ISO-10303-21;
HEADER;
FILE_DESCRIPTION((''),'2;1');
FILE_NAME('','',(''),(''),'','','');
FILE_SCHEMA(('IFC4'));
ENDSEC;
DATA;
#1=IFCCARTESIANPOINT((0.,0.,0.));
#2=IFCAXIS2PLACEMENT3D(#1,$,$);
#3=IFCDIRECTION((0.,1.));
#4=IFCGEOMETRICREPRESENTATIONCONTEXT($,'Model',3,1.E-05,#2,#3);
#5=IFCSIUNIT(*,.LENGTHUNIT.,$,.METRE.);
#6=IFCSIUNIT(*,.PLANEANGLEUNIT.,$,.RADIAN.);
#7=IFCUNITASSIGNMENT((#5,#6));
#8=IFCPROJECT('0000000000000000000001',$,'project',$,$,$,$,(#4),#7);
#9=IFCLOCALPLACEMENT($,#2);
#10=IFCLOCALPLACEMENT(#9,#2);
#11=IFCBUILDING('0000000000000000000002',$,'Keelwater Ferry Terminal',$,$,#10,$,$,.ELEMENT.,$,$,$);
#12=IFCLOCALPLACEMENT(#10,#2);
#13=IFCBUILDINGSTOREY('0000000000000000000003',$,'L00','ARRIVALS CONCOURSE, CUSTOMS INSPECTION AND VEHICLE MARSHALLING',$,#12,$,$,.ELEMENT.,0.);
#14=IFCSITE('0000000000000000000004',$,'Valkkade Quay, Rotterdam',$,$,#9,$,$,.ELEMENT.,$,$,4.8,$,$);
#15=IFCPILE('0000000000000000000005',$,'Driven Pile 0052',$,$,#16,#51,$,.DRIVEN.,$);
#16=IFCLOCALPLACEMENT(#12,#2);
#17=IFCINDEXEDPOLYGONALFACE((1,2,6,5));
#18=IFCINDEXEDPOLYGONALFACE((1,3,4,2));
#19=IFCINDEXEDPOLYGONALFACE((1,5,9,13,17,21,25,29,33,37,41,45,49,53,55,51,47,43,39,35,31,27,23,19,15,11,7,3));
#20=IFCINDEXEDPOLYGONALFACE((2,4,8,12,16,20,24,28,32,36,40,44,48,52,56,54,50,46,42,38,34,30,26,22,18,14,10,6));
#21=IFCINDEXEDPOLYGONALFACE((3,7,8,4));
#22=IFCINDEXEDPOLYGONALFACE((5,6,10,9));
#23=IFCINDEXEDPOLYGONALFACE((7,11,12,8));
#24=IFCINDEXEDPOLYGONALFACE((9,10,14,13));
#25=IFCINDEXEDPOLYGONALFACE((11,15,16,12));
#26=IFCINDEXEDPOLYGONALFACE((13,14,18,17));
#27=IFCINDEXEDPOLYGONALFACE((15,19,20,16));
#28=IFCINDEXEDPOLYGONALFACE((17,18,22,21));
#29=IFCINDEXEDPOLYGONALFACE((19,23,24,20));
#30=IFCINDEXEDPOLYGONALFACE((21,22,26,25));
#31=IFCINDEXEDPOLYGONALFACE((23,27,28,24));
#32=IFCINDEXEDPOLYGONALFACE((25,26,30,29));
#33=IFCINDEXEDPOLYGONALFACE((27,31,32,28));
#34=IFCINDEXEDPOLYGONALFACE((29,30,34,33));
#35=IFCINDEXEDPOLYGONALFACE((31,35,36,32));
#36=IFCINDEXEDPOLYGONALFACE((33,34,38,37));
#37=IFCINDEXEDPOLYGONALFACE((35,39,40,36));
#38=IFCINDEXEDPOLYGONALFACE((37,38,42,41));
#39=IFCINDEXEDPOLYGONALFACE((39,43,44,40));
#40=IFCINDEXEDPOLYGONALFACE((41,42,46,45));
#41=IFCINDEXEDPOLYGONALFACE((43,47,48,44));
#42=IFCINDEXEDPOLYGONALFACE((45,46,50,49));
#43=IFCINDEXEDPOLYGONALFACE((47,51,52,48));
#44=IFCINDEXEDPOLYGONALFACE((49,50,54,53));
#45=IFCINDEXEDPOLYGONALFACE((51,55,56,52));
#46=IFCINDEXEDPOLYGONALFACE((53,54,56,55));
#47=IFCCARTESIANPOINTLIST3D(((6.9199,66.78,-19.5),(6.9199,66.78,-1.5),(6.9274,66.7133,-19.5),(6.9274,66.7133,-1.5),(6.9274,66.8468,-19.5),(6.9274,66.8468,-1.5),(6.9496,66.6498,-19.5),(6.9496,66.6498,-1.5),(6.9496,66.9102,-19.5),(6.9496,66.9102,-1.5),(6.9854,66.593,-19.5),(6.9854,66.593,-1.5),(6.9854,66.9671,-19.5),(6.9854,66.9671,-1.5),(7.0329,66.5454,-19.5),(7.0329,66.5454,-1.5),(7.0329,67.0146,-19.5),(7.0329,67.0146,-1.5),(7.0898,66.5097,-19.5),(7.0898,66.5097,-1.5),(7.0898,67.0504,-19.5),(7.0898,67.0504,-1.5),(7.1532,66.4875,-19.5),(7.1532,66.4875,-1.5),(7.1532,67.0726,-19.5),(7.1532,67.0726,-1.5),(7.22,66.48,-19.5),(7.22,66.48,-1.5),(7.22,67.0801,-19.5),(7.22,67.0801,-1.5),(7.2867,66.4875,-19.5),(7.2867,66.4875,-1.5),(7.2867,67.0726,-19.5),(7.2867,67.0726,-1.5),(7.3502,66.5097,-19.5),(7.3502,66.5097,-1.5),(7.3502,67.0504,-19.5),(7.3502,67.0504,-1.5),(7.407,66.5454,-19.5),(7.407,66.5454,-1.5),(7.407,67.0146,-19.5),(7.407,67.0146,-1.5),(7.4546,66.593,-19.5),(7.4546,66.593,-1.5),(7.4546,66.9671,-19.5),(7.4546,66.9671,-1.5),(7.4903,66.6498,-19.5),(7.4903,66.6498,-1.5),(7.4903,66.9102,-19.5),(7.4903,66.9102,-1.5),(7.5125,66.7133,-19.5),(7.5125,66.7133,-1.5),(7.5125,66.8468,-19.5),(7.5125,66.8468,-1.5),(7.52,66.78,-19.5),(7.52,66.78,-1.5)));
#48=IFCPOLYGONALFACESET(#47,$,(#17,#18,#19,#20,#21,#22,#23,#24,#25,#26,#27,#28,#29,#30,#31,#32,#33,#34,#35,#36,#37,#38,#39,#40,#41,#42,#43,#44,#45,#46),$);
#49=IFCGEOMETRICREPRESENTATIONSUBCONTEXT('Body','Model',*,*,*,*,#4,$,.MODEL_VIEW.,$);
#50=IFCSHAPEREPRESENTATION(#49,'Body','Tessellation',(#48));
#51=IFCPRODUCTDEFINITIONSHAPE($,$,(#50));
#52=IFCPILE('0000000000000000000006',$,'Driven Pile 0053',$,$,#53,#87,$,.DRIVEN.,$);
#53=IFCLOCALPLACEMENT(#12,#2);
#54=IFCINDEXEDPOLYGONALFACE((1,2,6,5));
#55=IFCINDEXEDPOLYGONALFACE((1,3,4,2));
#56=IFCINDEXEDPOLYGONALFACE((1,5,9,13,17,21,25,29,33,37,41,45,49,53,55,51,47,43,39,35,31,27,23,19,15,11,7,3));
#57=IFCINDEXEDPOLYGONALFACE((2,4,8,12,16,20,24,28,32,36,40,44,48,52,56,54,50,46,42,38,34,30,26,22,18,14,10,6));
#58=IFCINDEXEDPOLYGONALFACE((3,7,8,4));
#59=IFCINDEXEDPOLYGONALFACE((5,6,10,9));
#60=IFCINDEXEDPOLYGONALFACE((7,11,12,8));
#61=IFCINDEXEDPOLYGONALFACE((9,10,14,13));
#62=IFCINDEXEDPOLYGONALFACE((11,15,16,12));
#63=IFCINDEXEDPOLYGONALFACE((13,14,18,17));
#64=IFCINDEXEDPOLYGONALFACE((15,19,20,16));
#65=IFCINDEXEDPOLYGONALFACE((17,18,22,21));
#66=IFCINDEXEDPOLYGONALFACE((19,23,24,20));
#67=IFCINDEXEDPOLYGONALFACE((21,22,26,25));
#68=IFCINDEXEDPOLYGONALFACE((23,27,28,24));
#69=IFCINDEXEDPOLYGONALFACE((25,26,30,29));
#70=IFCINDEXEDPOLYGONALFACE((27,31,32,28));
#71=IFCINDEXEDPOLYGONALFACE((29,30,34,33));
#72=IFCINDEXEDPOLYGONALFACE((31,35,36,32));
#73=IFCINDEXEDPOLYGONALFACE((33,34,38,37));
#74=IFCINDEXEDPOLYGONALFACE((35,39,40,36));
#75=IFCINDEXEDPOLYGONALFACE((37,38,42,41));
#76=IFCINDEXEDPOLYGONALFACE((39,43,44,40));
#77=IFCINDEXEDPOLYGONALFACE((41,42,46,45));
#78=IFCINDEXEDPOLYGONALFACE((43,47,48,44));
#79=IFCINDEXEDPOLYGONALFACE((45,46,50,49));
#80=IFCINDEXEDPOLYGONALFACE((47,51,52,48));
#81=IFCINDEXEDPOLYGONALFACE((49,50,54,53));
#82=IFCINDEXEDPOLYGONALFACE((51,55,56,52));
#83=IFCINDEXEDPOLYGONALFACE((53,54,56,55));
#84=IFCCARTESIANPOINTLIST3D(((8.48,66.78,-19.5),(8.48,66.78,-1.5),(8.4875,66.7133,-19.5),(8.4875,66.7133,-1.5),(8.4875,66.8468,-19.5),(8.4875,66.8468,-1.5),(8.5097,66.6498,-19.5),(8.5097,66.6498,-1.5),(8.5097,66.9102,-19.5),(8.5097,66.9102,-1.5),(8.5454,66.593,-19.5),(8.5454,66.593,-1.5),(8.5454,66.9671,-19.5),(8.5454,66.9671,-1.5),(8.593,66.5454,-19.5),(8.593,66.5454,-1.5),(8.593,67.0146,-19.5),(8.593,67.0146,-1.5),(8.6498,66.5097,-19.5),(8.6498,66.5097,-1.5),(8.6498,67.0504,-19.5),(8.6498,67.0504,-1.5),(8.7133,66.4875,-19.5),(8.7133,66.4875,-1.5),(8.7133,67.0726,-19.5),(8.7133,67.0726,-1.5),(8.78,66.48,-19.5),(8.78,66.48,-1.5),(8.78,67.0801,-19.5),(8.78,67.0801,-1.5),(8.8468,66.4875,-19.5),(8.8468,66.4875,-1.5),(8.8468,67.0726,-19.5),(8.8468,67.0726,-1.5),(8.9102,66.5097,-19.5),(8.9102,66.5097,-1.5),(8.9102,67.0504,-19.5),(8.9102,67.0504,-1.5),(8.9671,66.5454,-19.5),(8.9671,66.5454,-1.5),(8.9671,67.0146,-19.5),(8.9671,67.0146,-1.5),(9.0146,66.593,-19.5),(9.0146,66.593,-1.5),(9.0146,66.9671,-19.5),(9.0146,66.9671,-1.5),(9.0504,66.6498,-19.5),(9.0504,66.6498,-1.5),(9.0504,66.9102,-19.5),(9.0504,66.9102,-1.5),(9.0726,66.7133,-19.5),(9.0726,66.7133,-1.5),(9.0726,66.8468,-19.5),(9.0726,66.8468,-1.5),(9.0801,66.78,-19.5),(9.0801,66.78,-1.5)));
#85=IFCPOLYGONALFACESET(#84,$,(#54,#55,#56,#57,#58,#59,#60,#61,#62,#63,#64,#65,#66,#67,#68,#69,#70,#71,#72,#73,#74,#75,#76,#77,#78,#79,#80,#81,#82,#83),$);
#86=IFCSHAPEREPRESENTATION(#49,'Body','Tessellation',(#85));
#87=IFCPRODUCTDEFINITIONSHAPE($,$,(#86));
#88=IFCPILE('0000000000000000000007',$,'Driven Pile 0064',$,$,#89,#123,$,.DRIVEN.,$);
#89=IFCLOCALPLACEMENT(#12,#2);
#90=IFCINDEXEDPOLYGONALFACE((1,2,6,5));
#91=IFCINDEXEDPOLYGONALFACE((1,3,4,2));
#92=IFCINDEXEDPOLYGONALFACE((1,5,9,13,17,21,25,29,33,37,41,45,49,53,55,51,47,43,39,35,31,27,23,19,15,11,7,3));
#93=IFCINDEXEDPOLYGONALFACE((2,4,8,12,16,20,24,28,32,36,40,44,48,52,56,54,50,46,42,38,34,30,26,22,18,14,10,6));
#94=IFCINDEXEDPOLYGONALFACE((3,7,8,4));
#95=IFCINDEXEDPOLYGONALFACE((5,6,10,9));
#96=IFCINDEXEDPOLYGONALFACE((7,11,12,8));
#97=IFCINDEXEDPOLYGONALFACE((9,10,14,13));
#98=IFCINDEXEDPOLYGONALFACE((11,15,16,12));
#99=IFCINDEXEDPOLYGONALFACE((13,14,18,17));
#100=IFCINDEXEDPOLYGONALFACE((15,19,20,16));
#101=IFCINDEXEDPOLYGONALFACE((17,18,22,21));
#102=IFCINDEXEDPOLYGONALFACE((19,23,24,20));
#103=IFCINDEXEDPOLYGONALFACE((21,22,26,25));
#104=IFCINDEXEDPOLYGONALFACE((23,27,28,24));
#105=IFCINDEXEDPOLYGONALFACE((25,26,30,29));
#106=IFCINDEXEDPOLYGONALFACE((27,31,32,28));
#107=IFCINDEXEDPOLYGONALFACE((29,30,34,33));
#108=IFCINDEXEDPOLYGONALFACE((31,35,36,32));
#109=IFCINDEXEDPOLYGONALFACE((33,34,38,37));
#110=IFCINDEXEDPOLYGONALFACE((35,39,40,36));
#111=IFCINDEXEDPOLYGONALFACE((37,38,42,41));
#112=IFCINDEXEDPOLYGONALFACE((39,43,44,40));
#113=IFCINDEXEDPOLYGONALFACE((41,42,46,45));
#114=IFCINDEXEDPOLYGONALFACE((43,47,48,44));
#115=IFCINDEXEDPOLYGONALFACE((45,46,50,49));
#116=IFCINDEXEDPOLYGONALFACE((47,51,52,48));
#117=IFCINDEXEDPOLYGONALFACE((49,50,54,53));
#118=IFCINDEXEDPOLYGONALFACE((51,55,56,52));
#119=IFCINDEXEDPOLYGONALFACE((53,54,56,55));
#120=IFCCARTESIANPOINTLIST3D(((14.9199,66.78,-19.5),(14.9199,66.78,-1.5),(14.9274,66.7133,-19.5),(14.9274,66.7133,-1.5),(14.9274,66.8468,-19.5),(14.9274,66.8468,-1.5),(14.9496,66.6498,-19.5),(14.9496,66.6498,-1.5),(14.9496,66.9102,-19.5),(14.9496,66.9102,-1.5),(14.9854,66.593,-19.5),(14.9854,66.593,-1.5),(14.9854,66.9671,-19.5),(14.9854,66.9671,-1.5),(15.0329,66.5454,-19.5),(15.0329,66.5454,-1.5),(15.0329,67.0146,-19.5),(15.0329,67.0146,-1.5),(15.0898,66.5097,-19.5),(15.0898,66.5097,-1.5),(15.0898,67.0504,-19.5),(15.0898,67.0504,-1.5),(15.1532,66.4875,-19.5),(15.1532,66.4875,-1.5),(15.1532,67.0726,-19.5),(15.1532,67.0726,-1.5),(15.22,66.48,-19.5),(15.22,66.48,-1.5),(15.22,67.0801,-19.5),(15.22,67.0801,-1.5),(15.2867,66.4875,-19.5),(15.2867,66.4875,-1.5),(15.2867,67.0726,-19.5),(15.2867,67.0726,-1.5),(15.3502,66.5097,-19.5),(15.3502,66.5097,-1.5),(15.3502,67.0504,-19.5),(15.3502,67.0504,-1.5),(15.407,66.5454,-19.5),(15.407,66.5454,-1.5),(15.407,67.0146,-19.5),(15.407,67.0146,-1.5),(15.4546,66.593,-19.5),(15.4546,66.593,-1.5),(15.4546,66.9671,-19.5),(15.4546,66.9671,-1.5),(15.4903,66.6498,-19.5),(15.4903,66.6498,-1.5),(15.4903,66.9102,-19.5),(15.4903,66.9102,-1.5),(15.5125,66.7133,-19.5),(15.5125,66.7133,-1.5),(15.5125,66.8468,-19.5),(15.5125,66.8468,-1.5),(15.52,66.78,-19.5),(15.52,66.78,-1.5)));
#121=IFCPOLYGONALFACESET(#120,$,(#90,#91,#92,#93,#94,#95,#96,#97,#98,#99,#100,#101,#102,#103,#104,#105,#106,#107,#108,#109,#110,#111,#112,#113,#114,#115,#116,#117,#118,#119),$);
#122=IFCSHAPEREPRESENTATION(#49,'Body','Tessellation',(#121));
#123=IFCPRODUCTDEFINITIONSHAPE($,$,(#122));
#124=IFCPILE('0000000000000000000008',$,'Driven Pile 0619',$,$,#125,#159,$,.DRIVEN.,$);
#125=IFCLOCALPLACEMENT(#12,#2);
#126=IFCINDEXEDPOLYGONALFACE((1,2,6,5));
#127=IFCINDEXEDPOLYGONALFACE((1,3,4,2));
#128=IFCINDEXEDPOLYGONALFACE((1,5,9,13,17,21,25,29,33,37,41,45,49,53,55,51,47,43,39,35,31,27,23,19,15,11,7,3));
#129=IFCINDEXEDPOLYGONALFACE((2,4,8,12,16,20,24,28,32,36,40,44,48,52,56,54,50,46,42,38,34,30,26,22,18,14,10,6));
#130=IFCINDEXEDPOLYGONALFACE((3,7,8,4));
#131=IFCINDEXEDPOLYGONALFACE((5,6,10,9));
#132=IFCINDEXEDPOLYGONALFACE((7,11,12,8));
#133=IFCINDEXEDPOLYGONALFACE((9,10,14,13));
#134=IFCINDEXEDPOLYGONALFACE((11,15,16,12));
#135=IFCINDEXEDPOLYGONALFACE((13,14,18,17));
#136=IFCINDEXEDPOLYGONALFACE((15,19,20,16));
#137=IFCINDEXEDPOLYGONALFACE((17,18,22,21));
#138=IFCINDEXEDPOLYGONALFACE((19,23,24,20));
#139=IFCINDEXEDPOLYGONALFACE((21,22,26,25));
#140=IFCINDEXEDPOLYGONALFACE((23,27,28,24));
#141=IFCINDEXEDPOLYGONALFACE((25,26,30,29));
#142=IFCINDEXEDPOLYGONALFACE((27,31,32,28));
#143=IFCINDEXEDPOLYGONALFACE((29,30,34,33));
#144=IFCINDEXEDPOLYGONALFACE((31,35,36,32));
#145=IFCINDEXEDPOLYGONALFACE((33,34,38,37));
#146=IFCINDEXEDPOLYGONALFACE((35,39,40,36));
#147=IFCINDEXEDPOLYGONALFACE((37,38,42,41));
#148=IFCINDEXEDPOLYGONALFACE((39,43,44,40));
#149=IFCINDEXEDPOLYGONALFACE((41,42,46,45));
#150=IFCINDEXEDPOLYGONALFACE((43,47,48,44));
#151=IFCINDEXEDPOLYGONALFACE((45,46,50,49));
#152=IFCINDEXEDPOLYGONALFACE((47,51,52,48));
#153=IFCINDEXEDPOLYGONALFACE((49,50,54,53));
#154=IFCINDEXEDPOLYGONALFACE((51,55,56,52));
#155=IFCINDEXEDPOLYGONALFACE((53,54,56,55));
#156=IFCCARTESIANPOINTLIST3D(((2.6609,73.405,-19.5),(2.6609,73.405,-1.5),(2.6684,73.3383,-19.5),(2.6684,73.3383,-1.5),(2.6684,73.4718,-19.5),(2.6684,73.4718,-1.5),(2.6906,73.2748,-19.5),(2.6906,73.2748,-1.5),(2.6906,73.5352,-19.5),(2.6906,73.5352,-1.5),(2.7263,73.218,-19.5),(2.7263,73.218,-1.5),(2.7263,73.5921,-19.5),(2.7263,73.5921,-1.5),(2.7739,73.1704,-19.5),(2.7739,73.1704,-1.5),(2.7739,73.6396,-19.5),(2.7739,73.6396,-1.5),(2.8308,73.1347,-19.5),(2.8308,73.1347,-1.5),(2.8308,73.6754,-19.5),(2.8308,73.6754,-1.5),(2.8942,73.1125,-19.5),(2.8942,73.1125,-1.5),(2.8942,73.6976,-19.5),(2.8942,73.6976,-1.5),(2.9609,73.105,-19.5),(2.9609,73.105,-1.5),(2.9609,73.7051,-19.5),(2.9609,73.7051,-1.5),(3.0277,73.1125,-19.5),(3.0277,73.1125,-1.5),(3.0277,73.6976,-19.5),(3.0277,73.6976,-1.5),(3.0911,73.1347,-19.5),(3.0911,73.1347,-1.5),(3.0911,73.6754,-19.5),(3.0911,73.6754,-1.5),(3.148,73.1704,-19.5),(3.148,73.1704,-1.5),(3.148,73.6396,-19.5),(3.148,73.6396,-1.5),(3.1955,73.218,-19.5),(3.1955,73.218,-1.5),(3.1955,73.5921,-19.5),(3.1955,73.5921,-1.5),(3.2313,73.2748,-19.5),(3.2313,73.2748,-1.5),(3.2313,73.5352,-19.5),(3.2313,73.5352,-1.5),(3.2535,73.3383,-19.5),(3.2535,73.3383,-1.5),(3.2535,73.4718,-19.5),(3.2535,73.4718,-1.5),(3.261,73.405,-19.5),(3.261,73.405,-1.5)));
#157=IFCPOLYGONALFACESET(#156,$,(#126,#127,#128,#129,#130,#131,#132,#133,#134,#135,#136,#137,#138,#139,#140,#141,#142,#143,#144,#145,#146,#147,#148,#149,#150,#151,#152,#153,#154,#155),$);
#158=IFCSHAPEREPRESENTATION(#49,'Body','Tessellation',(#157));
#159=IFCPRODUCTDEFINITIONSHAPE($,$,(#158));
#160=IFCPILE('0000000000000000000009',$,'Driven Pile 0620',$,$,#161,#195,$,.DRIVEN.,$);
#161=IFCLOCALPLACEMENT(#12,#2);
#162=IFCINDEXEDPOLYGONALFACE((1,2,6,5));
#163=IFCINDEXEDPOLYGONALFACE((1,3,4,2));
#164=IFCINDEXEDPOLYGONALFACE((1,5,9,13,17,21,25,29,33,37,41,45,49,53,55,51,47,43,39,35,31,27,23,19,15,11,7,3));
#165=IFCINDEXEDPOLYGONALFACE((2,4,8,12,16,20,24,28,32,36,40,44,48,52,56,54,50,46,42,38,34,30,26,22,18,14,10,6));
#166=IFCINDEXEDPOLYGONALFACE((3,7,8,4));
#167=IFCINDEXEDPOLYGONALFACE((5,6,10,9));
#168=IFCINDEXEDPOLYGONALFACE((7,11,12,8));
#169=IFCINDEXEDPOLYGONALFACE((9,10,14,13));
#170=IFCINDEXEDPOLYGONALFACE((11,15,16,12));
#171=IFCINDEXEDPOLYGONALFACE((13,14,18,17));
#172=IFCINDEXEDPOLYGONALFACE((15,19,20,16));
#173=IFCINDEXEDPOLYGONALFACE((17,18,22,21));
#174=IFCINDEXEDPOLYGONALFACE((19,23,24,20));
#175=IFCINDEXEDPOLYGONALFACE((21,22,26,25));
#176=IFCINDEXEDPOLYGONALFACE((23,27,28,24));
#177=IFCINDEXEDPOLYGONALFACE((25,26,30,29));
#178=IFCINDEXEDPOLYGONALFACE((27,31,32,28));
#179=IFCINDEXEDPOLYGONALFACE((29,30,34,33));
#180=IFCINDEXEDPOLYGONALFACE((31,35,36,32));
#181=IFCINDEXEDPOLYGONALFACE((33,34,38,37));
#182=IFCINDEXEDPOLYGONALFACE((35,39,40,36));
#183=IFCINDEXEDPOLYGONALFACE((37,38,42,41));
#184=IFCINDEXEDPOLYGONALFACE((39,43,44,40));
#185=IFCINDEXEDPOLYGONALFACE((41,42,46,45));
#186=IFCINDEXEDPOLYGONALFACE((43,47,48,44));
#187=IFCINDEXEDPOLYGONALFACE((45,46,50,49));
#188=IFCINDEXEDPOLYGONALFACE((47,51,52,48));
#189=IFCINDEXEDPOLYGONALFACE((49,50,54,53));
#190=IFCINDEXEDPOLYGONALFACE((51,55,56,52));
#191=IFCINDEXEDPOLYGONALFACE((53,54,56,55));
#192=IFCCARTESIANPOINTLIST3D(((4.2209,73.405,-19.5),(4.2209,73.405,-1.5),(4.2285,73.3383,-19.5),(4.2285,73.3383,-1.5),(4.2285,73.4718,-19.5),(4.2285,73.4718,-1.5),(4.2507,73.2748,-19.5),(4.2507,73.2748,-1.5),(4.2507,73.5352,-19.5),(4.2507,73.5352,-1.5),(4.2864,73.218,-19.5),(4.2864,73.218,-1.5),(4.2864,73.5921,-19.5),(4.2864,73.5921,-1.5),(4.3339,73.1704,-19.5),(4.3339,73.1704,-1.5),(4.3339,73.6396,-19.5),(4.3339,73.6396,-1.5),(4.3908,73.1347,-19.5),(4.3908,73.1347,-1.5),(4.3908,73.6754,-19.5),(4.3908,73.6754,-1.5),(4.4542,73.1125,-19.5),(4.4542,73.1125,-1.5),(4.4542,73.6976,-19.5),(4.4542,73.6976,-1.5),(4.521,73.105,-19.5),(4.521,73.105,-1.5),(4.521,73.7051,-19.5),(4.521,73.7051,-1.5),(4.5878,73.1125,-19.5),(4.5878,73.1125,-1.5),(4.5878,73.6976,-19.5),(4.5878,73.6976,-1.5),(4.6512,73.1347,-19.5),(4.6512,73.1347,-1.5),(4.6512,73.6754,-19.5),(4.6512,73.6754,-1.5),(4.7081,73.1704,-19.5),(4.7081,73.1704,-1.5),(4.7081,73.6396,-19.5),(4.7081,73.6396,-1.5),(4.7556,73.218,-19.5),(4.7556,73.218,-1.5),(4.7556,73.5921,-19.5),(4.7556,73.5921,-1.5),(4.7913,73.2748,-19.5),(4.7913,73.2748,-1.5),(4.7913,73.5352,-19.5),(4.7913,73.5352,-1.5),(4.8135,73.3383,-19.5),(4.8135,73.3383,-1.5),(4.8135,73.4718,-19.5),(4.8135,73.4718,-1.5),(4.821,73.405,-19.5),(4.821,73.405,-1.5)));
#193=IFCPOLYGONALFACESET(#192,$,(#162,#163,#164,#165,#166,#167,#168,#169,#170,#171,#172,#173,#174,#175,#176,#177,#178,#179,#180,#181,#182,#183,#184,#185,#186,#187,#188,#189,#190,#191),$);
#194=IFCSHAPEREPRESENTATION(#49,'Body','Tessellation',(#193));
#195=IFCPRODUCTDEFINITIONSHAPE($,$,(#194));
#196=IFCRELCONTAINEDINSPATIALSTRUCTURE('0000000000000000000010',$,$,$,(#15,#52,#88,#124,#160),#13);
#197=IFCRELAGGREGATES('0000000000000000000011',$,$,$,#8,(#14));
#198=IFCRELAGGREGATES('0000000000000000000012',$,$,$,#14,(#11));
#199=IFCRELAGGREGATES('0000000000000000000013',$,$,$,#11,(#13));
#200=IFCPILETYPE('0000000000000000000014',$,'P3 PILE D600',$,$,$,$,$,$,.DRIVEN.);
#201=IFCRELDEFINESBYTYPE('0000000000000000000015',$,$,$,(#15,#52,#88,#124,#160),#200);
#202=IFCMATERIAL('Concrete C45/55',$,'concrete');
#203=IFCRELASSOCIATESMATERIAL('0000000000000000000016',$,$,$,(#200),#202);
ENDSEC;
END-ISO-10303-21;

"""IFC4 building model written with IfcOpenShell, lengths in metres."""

from ifc_helpers import new_model, si_unit, direction, frame, origin, origin_2d, place, context, subcontext, project, spatial, circle, extrude, material, material_profile, profile_set, type_object, element, save


model = new_model("IFC4")

# Units and contexts
model_context = context("Model", 3, precision=1e-05, world=origin(), true_north=direction((0.0, 1.0)))
body_context = subcontext(model_context, "Body", "Model", "MODEL_VIEW")
ifc_project = project(units=[si_unit("LENGTHUNIT", "METRE"), si_unit("PLANEANGLEUNIT", "RADIAN")], contexts=[model_context])

# Site, building, storey
site_placement = place(None, origin())
site = spatial("IfcSite", under=ifc_project, at=site_placement, Name="Valkkade Quay, Rotterdam", CompositionType="ELEMENT", RefElevation=4.8)
building_placement = place(site_placement, origin())
building = spatial("IfcBuilding", under=site, at=building_placement, Name="Keelwater Ferry Terminal", CompositionType="ELEMENT")
storey_placement = place(building_placement, origin())
storey = spatial("IfcBuildingStorey", under=building, at=storey_placement, Name="L00", Description="ARRIVALS CONCOURSE, CUSTOMS INSPECTION AND VEHICLE MARSHALLING", CompositionType="ELEMENT", Elevation=0.0)

# Piles
ifc_material_1 = material(Name="Concrete C45/55", Category="concrete")
ifc_material_profile_1 = material_profile(ifc_material_1, circle(Radius=0.3, at=origin_2d()), Name="PILE D600")
ifc_profile_set_1 = profile_set([ifc_material_profile_1], Name="Concrete C45/55")
pile_type = type_object("IfcPileType", Name="P3 PILE D600", PredefinedType="DRIVEN", material=ifc_profile_set_1)
for number, where, z_axis, x_axis, name in (
    (1, (7.22, 66.78, -1.5), (0.0, 0.0, -1.0), (1.0, 0.0, 0.0), "Driven Pile 0052"),
    (2, (8.78, 66.78, -1.5), (0.0, 0.0, -1.0), (1.0, 0.0, 0.0), "Driven Pile 0053"),
    (3, (15.22, 66.78, -1.5), (0.0, 0.0, -1.0), (1.0, 0.0, 0.0), "Driven Pile 0064"),
    (4, (2.9609, 73.405, -1.5), (0.0, 0.0, -1.0), (1.0, 0.0, 0.0), "Driven Pile 0619"),
    (5, (4.521, 73.405, -1.5), (0.0, 0.0, -1.0), (1.0, 0.0, 0.0), "Driven Pile 0620"),
):
    element("IfcPile", number, at=place(storey_placement, frame(where, z_axis=z_axis, x_axis=x_axis)), inside=storey, type_object=pile_type, Name=name, PredefinedType="DRIVEN", context=body_context, shape_type="SweptSolid", body=[
        extrude(circle(Radius=0.3, at=origin_2d()), origin(), (0.0, 0.0, 1.0), 18.0),
    ])

save(model, "model.ifc")
